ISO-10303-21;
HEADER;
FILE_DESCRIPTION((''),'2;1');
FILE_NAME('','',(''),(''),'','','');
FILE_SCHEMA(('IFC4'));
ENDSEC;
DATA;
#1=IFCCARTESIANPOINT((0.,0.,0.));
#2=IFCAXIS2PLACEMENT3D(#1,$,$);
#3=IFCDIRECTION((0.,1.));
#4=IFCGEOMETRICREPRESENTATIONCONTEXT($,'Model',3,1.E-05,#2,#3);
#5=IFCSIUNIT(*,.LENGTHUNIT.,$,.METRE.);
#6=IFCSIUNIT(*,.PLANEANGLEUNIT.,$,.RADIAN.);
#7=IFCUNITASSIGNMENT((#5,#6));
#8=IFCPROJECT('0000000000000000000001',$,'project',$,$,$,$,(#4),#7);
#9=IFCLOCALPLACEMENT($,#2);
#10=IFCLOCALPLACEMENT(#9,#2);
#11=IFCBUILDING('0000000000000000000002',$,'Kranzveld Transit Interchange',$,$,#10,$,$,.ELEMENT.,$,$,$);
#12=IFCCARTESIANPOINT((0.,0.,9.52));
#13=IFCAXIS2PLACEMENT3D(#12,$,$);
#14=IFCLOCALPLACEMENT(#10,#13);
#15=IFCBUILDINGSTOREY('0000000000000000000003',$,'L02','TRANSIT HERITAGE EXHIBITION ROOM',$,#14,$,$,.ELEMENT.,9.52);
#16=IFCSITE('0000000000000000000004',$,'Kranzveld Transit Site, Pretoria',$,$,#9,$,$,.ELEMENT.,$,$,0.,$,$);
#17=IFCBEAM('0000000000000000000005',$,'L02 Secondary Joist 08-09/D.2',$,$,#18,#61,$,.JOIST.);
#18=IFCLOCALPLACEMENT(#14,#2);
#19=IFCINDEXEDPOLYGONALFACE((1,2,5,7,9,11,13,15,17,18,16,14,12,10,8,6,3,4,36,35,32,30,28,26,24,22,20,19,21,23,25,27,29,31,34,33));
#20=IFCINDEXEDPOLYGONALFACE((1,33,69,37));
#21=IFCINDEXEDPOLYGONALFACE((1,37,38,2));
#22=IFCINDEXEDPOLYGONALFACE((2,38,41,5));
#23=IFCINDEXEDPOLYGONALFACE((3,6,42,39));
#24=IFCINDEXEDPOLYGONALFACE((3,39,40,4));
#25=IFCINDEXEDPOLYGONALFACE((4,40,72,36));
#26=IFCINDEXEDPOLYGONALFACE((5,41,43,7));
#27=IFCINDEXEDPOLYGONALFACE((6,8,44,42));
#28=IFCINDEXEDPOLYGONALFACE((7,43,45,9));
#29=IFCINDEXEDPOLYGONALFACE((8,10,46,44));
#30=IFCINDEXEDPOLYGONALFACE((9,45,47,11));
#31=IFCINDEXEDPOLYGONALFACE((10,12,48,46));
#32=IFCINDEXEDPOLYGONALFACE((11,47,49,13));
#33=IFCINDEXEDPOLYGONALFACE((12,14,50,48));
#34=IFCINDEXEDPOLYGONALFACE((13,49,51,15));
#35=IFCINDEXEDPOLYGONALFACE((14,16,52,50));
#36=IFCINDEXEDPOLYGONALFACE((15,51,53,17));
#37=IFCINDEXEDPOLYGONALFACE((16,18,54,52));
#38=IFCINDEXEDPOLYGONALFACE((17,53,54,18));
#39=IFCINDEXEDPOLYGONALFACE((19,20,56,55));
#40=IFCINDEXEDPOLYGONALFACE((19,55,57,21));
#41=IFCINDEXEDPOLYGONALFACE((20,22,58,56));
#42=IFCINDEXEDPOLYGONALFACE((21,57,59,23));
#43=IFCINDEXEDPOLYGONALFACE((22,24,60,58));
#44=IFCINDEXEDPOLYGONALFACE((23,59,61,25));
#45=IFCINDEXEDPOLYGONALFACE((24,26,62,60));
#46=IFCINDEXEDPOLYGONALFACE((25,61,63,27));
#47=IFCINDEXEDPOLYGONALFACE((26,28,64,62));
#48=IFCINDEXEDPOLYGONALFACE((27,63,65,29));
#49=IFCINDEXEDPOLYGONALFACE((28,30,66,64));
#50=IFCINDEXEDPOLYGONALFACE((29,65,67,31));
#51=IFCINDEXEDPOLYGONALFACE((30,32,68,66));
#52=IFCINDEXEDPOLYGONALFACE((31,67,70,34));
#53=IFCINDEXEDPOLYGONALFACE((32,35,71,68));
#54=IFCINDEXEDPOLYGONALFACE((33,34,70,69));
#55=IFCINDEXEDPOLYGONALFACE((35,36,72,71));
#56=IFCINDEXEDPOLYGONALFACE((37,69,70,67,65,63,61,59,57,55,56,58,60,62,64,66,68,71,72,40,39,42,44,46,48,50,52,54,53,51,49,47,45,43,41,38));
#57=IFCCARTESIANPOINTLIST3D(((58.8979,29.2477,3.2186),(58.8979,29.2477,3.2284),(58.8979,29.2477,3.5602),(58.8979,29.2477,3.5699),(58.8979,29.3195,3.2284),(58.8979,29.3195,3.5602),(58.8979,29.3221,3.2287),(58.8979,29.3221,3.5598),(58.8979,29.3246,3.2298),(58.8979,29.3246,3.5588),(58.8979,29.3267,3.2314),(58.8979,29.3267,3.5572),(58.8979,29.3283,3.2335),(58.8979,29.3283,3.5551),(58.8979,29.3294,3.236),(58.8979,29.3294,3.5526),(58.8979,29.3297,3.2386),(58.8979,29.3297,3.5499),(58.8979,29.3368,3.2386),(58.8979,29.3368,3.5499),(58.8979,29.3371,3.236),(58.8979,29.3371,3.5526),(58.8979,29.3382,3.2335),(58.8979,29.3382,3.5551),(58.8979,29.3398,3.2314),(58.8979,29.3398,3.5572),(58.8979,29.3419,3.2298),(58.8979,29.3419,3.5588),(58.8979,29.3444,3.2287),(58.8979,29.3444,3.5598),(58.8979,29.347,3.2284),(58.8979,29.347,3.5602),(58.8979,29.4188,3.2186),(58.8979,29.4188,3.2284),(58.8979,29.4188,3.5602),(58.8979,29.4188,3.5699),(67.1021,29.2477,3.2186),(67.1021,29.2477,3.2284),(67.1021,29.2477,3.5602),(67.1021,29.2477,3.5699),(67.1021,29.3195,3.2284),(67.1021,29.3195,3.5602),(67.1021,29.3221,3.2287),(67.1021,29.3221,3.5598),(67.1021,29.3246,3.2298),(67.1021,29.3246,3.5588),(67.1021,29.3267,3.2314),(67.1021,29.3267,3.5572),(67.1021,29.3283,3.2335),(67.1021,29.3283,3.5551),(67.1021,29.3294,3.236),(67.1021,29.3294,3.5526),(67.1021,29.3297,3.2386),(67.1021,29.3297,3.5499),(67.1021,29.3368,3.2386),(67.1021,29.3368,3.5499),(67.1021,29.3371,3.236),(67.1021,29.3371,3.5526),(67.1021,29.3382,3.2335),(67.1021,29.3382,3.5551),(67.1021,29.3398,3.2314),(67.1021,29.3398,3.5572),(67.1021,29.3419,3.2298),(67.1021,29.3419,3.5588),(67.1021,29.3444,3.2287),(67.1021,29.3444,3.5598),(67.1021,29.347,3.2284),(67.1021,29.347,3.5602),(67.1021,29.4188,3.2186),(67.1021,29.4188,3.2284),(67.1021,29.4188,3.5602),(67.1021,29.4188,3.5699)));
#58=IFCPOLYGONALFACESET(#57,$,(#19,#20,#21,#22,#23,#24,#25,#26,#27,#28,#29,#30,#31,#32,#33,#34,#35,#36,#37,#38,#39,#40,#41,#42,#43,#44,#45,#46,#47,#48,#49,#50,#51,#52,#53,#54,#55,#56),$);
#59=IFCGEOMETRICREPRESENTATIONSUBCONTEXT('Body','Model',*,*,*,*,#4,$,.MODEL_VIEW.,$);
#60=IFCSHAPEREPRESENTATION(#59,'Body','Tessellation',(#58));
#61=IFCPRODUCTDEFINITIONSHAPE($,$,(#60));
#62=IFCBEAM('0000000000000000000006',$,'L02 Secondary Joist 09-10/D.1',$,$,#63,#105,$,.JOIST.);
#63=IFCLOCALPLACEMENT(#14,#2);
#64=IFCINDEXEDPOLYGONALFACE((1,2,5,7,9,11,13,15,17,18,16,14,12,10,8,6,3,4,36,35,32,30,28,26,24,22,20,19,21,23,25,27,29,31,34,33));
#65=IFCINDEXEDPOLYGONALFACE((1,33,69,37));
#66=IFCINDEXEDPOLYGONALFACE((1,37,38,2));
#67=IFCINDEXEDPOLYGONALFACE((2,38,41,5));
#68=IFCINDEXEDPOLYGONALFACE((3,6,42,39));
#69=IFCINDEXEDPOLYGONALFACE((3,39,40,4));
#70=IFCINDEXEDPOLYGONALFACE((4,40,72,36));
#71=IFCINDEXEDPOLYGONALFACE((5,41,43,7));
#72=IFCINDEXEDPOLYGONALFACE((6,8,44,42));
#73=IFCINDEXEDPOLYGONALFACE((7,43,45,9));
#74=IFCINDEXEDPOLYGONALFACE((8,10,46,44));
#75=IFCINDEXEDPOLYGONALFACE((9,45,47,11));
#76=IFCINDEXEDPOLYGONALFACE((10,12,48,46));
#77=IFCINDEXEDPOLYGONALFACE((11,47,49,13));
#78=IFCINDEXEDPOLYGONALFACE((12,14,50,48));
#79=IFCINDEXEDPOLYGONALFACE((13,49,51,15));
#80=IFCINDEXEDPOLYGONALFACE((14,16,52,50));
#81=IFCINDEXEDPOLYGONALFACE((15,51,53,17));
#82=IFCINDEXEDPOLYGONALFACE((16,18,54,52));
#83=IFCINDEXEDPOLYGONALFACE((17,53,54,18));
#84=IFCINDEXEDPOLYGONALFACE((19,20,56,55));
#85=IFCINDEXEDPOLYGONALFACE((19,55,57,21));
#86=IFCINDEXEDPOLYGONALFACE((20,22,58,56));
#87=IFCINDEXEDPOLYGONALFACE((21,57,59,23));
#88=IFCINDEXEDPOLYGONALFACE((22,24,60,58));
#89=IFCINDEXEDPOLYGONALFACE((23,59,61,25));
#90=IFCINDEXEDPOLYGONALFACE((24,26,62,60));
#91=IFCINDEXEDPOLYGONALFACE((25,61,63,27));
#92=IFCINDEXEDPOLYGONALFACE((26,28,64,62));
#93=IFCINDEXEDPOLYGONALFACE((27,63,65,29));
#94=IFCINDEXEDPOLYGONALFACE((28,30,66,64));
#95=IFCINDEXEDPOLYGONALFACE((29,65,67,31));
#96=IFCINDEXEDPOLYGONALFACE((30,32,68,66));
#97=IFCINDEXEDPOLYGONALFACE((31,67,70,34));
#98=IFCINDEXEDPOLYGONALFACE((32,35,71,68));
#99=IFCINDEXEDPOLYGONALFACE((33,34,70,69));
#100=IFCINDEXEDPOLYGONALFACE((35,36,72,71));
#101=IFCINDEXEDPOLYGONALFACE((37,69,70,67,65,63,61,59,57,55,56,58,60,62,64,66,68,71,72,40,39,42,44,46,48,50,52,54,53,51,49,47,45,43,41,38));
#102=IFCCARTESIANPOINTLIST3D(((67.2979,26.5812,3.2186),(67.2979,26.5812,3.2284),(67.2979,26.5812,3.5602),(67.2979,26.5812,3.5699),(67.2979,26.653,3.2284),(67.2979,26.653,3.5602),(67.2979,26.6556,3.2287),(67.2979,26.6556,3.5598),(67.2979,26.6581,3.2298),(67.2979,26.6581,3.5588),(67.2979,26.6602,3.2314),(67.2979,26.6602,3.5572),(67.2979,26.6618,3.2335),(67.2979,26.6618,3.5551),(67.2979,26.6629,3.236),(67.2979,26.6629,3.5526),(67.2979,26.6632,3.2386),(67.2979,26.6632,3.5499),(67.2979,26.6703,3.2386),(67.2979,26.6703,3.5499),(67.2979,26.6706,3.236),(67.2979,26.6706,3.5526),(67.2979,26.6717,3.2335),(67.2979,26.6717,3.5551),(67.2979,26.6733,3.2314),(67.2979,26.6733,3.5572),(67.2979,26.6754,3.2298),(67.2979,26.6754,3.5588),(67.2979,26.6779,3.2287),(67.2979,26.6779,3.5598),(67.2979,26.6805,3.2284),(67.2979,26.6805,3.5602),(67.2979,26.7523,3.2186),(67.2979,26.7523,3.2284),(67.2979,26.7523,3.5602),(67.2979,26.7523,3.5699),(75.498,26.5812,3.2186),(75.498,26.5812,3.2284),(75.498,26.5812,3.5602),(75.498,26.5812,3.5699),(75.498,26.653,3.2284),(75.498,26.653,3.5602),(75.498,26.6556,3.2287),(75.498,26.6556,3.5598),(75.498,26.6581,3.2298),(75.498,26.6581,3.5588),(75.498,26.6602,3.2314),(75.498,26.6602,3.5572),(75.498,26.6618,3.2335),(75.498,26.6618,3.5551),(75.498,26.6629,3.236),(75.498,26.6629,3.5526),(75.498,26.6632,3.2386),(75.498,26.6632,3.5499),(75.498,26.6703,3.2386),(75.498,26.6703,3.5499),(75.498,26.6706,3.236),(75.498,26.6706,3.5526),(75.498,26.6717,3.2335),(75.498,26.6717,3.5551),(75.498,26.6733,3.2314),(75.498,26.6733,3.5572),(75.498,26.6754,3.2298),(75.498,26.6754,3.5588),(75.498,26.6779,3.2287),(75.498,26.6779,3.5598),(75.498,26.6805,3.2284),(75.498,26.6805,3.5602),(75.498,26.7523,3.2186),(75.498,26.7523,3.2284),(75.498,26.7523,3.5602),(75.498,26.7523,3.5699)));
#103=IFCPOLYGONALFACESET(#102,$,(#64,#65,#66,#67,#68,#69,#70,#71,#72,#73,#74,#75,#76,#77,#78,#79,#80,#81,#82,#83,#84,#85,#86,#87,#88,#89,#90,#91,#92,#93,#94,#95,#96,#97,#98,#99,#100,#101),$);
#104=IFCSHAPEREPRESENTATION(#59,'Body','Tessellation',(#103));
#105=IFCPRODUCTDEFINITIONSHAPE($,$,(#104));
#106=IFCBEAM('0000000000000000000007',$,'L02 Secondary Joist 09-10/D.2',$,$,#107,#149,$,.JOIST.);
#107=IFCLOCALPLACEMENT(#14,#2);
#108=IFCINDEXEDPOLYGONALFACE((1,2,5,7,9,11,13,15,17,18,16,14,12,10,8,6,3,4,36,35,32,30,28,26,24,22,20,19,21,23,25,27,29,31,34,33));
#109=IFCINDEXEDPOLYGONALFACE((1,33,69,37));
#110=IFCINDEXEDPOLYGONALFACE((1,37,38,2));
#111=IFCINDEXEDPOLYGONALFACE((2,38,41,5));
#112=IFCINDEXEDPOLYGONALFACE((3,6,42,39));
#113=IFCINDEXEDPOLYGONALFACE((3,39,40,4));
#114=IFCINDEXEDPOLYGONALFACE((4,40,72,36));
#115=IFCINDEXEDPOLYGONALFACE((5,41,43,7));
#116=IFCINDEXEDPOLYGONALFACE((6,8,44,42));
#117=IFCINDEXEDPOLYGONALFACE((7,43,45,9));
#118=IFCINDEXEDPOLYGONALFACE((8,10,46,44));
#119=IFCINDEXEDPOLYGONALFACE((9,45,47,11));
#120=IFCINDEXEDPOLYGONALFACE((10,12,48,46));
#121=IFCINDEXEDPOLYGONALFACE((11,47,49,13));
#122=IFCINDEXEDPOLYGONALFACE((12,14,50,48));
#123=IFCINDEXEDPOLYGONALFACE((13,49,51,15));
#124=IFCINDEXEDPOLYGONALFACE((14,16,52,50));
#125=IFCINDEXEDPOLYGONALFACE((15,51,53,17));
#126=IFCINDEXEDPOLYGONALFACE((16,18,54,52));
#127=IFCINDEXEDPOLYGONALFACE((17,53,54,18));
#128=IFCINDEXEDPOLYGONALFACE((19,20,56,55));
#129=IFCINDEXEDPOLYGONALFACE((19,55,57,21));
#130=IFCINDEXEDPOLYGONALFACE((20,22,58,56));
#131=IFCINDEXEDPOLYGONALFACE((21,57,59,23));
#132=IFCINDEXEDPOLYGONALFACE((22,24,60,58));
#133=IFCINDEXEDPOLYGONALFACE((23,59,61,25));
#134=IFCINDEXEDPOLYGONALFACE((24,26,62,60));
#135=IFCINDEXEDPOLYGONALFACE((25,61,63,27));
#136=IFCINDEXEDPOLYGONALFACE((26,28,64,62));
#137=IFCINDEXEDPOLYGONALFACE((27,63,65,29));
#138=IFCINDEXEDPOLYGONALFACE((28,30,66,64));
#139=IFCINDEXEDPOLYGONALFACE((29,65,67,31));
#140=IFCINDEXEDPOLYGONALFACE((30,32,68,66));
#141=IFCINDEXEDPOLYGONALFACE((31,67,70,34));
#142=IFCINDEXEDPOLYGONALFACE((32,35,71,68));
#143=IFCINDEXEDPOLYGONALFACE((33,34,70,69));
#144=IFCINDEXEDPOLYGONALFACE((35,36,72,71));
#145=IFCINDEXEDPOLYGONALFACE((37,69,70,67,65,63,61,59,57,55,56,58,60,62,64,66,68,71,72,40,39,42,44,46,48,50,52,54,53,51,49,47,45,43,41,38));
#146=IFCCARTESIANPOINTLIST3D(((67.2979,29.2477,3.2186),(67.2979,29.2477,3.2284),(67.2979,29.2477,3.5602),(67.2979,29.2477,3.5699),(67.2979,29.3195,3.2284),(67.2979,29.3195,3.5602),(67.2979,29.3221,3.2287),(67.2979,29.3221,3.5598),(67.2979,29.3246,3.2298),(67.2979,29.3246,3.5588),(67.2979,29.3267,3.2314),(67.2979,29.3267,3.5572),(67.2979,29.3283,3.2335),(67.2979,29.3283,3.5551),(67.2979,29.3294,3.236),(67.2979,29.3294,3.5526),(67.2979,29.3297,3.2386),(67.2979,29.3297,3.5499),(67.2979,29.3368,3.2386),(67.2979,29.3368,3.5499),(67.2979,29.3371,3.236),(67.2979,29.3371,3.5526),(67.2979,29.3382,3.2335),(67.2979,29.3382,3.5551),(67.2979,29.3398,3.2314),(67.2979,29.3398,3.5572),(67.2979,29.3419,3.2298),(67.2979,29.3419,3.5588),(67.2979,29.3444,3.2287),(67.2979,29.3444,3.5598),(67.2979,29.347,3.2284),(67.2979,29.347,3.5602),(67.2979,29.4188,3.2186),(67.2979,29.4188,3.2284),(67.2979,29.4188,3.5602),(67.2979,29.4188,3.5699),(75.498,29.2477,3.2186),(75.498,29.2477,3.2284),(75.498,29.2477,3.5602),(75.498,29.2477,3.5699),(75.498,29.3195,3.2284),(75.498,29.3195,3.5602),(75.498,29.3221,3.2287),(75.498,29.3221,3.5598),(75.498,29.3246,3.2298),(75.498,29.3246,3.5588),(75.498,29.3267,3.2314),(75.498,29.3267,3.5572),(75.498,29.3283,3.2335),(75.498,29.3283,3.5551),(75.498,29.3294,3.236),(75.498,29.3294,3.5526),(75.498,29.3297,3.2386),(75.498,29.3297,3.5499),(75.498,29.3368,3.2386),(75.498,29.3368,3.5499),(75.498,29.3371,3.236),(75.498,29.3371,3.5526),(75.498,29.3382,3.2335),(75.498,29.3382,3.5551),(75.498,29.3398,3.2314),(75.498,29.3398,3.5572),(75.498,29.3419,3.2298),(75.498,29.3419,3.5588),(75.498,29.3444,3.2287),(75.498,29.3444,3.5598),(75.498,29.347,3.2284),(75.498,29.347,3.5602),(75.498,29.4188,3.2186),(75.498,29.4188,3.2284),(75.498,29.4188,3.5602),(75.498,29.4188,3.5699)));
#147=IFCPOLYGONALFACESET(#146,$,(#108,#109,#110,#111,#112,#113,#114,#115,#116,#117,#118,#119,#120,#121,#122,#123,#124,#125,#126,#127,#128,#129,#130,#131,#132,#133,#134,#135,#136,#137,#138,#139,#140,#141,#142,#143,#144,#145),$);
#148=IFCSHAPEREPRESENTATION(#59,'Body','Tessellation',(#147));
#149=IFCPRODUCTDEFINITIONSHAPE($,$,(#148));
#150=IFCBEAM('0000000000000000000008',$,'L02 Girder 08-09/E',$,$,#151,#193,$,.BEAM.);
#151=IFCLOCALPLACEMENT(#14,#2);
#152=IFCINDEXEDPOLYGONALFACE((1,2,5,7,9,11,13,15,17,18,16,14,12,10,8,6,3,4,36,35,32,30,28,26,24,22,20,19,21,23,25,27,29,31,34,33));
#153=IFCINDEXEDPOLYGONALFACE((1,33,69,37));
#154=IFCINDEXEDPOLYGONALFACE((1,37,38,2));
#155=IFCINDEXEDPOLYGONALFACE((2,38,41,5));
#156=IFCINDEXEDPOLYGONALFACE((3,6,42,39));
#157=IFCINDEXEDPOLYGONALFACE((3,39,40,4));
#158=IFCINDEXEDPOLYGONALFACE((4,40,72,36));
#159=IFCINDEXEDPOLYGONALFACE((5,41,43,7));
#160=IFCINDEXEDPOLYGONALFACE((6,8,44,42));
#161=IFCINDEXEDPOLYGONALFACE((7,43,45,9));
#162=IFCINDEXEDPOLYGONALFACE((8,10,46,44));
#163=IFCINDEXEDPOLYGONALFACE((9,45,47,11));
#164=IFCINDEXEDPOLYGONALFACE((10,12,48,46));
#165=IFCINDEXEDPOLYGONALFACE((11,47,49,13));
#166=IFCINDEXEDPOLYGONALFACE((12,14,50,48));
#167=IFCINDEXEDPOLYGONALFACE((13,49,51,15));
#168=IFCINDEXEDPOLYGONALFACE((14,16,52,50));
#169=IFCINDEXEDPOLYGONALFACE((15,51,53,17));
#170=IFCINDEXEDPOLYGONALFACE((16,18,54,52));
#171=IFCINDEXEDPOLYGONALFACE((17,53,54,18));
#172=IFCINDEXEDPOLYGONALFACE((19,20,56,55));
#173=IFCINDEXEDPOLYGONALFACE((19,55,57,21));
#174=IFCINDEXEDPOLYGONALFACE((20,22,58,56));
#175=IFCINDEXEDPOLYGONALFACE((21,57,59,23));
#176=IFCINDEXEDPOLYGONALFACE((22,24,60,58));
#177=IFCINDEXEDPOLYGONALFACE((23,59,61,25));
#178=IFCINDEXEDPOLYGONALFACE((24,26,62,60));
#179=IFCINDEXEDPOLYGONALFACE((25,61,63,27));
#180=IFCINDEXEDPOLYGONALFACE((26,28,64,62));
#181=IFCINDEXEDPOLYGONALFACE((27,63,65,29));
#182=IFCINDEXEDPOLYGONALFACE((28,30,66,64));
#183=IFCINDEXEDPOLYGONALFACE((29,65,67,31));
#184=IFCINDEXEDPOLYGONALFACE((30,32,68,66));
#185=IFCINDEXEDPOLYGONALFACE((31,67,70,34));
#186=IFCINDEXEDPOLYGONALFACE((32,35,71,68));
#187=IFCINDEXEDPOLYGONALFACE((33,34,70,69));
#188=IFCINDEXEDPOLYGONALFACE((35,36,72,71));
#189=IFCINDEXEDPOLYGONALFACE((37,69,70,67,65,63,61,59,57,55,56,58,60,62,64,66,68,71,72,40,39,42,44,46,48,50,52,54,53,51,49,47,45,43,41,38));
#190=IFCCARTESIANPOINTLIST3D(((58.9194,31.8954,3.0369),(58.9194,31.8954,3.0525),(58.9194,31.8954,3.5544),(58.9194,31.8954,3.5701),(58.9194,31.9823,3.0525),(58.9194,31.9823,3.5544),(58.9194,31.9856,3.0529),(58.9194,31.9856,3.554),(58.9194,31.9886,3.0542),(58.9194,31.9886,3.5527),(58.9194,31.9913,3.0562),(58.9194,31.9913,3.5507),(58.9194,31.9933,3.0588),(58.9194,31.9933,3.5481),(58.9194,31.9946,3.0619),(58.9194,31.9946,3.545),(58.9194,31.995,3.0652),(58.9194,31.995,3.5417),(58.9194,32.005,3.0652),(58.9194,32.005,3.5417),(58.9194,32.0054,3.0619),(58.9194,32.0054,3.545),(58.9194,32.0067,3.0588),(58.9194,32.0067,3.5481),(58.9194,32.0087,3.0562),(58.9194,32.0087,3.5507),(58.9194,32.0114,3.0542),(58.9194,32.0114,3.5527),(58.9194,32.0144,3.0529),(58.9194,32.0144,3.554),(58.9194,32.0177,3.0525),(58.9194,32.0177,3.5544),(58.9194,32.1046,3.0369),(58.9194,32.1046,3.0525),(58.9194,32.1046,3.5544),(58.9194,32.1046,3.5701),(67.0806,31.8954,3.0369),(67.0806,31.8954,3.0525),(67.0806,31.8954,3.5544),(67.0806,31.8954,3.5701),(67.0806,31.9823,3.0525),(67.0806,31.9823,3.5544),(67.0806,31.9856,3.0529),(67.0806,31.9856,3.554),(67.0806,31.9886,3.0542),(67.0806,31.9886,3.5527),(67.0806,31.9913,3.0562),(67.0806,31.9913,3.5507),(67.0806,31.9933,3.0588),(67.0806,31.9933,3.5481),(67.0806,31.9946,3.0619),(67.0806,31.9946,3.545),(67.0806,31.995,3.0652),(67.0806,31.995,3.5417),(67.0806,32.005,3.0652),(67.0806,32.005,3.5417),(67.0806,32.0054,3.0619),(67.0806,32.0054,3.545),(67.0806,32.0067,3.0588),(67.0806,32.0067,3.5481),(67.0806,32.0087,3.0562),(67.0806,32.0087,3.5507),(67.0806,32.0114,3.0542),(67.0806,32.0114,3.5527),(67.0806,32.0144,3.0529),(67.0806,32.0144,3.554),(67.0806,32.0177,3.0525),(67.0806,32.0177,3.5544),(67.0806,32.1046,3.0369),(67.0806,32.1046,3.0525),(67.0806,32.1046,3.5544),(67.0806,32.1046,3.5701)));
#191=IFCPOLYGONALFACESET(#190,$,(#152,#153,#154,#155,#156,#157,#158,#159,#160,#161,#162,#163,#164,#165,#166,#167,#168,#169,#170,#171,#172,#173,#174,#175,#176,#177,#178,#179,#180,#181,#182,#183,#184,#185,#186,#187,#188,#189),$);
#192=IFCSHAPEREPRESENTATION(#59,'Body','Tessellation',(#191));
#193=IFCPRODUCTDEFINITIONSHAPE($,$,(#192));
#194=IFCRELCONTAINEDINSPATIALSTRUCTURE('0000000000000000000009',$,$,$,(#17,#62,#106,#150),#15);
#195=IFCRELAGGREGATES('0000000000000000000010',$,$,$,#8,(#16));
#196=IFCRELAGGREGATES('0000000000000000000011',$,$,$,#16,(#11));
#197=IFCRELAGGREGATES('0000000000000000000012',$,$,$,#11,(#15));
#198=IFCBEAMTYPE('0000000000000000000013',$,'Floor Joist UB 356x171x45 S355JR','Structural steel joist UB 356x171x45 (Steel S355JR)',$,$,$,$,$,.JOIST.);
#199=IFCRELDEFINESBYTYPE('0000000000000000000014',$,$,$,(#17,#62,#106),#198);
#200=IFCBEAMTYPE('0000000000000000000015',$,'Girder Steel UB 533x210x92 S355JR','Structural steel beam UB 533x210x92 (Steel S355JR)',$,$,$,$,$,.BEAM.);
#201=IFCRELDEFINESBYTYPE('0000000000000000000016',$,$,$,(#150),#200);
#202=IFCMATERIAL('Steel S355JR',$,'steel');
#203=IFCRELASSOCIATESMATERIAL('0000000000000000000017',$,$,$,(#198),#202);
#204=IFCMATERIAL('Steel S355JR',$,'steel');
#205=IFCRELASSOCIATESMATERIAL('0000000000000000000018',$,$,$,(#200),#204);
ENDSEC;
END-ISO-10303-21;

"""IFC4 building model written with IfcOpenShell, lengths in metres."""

from ifc_helpers import new_model, si_unit, direction, frame, origin, origin_2d, place, context, subcontext, project, spatial, i_section, extrude, material, material_profile, profile_set, type_object, element, save


model = new_model("IFC4")

# Units and contexts
model_context = context("Model", 3, precision=1e-05, world=origin(), true_north=direction((0.0, 1.0)))
body_context = subcontext(model_context, "Body", "Model", "MODEL_VIEW")
ifc_project = project(units=[si_unit("LENGTHUNIT", "METRE"), si_unit("PLANEANGLEUNIT", "RADIAN")], contexts=[model_context])

# Site, building, storey
site_placement = place(None, origin())
site = spatial("IfcSite", under=ifc_project, at=site_placement, Name="Kranzveld Transit Site, Pretoria", CompositionType="ELEMENT", RefElevation=0.0)
building_placement = place(site_placement, origin())
building = spatial("IfcBuilding", under=site, at=building_placement, Name="Kranzveld Transit Interchange", CompositionType="ELEMENT")
storey_placement = place(building_placement, frame((0.0, 0.0, 9.52)))
storey = spatial("IfcBuildingStorey", under=building, at=storey_placement, Name="L02", Description="TRANSIT HERITAGE EXHIBITION ROOM", CompositionType="ELEMENT", Elevation=9.52)

# Beams
ifc_material_1 = material(Name="Steel S355JR", Category="steel")
ifc_material_profile_1 = material_profile(ifc_material_1, i_section(OverallWidth=0.1711, OverallDepth=0.3513, WebThickness=0.0071, FlangeThickness=0.0098, FilletRadius=0.0103, at=origin_2d()), Name="UB 356x171x45")
ifc_profile_set_1 = profile_set([ifc_material_profile_1], Name="Steel S355JR")
beam_type_1 = type_object("IfcBeamType", Name="Floor Joist UB 356x171x45 S355JR", Description="Structural steel joist UB 356x171x45 (Steel S355JR)", PredefinedType="JOIST", material=ifc_profile_set_1)
for number, where, z_axis, x_axis, name in (
    (1, (58.8979, 29.3333, 3.3943), (1.0, 0.0, 0.0), (0.0, 1.0, 0.0), "L02 Secondary Joist 08-09/D.2"),
):
    element("IfcBeam", number, at=place(storey_placement, frame(where, z_axis=z_axis, x_axis=x_axis)), inside=storey, type_object=beam_type_1, Name=name, PredefinedType="JOIST", context=body_context, shape_type="SweptSolid", body=[
        extrude(i_section(OverallWidth=0.1711, OverallDepth=0.3513, WebThickness=0.0071, FlangeThickness=0.0098, FilletRadius=0.0103, at=origin_2d()), origin(), (0.0, 0.0, 1.0), 8.2041),
    ])
for number, where, z_axis, x_axis, name in (
    (2, (67.2979, 26.6667, 3.3943), (1.0, 0.0, 0.0), (0.0, 1.0, 0.0), "L02 Secondary Joist 09-10/D.1"),
    (3, (67.2979, 29.3333, 3.3943), (1.0, 0.0, 0.0), (0.0, 1.0, 0.0), "L02 Secondary Joist 09-10/D.2"),
):
    element("IfcBeam", number, at=place(storey_placement, frame(where, z_axis=z_axis, x_axis=x_axis)), inside=storey, type_object=beam_type_1, Name=name, PredefinedType="JOIST", context=body_context, shape_type="SweptSolid", body=[
        extrude(i_section(OverallWidth=0.1711, OverallDepth=0.3513, WebThickness=0.0071, FlangeThickness=0.0098, FilletRadius=0.0103, at=origin_2d()), origin(), (0.0, 0.0, 1.0), 8.2002),
    ])
ifc_material_2 = material(Name="Steel S355JR", Category="steel")
ifc_material_profile_2 = material_profile(ifc_material_2, i_section(OverallWidth=0.2092, OverallDepth=0.5332, WebThickness=0.01, FlangeThickness=0.0156, FilletRadius=0.0127, at=origin_2d()), Name="UB 533x210x92")
ifc_profile_set_2 = profile_set([ifc_material_profile_2], Name="Steel S355JR")
beam_type_2 = type_object("IfcBeamType", Name="Girder Steel UB 533x210x92 S355JR", Description="Structural steel beam UB 533x210x92 (Steel S355JR)", PredefinedType="BEAM", material=ifc_profile_set_2)
beam_1_placement = place(storey_placement, frame((58.9194, 32.0, 3.3035), z_axis=(1.0, 0.0, 0.0), x_axis=(0.0, 1.0, 0.0)))
element("IfcBeam", 4, at=beam_1_placement, inside=storey, type_object=beam_type_2, Name="L02 Girder 08-09/E", PredefinedType="BEAM", context=body_context, shape_type="SweptSolid", body=[
    extrude(i_section(OverallWidth=0.2092, OverallDepth=0.5332, WebThickness=0.01, FlangeThickness=0.0156, FilletRadius=0.0127, at=origin_2d()), origin(), (0.0, 0.0, 1.0), 8.1611),
])

save(model, "model.ifc")
